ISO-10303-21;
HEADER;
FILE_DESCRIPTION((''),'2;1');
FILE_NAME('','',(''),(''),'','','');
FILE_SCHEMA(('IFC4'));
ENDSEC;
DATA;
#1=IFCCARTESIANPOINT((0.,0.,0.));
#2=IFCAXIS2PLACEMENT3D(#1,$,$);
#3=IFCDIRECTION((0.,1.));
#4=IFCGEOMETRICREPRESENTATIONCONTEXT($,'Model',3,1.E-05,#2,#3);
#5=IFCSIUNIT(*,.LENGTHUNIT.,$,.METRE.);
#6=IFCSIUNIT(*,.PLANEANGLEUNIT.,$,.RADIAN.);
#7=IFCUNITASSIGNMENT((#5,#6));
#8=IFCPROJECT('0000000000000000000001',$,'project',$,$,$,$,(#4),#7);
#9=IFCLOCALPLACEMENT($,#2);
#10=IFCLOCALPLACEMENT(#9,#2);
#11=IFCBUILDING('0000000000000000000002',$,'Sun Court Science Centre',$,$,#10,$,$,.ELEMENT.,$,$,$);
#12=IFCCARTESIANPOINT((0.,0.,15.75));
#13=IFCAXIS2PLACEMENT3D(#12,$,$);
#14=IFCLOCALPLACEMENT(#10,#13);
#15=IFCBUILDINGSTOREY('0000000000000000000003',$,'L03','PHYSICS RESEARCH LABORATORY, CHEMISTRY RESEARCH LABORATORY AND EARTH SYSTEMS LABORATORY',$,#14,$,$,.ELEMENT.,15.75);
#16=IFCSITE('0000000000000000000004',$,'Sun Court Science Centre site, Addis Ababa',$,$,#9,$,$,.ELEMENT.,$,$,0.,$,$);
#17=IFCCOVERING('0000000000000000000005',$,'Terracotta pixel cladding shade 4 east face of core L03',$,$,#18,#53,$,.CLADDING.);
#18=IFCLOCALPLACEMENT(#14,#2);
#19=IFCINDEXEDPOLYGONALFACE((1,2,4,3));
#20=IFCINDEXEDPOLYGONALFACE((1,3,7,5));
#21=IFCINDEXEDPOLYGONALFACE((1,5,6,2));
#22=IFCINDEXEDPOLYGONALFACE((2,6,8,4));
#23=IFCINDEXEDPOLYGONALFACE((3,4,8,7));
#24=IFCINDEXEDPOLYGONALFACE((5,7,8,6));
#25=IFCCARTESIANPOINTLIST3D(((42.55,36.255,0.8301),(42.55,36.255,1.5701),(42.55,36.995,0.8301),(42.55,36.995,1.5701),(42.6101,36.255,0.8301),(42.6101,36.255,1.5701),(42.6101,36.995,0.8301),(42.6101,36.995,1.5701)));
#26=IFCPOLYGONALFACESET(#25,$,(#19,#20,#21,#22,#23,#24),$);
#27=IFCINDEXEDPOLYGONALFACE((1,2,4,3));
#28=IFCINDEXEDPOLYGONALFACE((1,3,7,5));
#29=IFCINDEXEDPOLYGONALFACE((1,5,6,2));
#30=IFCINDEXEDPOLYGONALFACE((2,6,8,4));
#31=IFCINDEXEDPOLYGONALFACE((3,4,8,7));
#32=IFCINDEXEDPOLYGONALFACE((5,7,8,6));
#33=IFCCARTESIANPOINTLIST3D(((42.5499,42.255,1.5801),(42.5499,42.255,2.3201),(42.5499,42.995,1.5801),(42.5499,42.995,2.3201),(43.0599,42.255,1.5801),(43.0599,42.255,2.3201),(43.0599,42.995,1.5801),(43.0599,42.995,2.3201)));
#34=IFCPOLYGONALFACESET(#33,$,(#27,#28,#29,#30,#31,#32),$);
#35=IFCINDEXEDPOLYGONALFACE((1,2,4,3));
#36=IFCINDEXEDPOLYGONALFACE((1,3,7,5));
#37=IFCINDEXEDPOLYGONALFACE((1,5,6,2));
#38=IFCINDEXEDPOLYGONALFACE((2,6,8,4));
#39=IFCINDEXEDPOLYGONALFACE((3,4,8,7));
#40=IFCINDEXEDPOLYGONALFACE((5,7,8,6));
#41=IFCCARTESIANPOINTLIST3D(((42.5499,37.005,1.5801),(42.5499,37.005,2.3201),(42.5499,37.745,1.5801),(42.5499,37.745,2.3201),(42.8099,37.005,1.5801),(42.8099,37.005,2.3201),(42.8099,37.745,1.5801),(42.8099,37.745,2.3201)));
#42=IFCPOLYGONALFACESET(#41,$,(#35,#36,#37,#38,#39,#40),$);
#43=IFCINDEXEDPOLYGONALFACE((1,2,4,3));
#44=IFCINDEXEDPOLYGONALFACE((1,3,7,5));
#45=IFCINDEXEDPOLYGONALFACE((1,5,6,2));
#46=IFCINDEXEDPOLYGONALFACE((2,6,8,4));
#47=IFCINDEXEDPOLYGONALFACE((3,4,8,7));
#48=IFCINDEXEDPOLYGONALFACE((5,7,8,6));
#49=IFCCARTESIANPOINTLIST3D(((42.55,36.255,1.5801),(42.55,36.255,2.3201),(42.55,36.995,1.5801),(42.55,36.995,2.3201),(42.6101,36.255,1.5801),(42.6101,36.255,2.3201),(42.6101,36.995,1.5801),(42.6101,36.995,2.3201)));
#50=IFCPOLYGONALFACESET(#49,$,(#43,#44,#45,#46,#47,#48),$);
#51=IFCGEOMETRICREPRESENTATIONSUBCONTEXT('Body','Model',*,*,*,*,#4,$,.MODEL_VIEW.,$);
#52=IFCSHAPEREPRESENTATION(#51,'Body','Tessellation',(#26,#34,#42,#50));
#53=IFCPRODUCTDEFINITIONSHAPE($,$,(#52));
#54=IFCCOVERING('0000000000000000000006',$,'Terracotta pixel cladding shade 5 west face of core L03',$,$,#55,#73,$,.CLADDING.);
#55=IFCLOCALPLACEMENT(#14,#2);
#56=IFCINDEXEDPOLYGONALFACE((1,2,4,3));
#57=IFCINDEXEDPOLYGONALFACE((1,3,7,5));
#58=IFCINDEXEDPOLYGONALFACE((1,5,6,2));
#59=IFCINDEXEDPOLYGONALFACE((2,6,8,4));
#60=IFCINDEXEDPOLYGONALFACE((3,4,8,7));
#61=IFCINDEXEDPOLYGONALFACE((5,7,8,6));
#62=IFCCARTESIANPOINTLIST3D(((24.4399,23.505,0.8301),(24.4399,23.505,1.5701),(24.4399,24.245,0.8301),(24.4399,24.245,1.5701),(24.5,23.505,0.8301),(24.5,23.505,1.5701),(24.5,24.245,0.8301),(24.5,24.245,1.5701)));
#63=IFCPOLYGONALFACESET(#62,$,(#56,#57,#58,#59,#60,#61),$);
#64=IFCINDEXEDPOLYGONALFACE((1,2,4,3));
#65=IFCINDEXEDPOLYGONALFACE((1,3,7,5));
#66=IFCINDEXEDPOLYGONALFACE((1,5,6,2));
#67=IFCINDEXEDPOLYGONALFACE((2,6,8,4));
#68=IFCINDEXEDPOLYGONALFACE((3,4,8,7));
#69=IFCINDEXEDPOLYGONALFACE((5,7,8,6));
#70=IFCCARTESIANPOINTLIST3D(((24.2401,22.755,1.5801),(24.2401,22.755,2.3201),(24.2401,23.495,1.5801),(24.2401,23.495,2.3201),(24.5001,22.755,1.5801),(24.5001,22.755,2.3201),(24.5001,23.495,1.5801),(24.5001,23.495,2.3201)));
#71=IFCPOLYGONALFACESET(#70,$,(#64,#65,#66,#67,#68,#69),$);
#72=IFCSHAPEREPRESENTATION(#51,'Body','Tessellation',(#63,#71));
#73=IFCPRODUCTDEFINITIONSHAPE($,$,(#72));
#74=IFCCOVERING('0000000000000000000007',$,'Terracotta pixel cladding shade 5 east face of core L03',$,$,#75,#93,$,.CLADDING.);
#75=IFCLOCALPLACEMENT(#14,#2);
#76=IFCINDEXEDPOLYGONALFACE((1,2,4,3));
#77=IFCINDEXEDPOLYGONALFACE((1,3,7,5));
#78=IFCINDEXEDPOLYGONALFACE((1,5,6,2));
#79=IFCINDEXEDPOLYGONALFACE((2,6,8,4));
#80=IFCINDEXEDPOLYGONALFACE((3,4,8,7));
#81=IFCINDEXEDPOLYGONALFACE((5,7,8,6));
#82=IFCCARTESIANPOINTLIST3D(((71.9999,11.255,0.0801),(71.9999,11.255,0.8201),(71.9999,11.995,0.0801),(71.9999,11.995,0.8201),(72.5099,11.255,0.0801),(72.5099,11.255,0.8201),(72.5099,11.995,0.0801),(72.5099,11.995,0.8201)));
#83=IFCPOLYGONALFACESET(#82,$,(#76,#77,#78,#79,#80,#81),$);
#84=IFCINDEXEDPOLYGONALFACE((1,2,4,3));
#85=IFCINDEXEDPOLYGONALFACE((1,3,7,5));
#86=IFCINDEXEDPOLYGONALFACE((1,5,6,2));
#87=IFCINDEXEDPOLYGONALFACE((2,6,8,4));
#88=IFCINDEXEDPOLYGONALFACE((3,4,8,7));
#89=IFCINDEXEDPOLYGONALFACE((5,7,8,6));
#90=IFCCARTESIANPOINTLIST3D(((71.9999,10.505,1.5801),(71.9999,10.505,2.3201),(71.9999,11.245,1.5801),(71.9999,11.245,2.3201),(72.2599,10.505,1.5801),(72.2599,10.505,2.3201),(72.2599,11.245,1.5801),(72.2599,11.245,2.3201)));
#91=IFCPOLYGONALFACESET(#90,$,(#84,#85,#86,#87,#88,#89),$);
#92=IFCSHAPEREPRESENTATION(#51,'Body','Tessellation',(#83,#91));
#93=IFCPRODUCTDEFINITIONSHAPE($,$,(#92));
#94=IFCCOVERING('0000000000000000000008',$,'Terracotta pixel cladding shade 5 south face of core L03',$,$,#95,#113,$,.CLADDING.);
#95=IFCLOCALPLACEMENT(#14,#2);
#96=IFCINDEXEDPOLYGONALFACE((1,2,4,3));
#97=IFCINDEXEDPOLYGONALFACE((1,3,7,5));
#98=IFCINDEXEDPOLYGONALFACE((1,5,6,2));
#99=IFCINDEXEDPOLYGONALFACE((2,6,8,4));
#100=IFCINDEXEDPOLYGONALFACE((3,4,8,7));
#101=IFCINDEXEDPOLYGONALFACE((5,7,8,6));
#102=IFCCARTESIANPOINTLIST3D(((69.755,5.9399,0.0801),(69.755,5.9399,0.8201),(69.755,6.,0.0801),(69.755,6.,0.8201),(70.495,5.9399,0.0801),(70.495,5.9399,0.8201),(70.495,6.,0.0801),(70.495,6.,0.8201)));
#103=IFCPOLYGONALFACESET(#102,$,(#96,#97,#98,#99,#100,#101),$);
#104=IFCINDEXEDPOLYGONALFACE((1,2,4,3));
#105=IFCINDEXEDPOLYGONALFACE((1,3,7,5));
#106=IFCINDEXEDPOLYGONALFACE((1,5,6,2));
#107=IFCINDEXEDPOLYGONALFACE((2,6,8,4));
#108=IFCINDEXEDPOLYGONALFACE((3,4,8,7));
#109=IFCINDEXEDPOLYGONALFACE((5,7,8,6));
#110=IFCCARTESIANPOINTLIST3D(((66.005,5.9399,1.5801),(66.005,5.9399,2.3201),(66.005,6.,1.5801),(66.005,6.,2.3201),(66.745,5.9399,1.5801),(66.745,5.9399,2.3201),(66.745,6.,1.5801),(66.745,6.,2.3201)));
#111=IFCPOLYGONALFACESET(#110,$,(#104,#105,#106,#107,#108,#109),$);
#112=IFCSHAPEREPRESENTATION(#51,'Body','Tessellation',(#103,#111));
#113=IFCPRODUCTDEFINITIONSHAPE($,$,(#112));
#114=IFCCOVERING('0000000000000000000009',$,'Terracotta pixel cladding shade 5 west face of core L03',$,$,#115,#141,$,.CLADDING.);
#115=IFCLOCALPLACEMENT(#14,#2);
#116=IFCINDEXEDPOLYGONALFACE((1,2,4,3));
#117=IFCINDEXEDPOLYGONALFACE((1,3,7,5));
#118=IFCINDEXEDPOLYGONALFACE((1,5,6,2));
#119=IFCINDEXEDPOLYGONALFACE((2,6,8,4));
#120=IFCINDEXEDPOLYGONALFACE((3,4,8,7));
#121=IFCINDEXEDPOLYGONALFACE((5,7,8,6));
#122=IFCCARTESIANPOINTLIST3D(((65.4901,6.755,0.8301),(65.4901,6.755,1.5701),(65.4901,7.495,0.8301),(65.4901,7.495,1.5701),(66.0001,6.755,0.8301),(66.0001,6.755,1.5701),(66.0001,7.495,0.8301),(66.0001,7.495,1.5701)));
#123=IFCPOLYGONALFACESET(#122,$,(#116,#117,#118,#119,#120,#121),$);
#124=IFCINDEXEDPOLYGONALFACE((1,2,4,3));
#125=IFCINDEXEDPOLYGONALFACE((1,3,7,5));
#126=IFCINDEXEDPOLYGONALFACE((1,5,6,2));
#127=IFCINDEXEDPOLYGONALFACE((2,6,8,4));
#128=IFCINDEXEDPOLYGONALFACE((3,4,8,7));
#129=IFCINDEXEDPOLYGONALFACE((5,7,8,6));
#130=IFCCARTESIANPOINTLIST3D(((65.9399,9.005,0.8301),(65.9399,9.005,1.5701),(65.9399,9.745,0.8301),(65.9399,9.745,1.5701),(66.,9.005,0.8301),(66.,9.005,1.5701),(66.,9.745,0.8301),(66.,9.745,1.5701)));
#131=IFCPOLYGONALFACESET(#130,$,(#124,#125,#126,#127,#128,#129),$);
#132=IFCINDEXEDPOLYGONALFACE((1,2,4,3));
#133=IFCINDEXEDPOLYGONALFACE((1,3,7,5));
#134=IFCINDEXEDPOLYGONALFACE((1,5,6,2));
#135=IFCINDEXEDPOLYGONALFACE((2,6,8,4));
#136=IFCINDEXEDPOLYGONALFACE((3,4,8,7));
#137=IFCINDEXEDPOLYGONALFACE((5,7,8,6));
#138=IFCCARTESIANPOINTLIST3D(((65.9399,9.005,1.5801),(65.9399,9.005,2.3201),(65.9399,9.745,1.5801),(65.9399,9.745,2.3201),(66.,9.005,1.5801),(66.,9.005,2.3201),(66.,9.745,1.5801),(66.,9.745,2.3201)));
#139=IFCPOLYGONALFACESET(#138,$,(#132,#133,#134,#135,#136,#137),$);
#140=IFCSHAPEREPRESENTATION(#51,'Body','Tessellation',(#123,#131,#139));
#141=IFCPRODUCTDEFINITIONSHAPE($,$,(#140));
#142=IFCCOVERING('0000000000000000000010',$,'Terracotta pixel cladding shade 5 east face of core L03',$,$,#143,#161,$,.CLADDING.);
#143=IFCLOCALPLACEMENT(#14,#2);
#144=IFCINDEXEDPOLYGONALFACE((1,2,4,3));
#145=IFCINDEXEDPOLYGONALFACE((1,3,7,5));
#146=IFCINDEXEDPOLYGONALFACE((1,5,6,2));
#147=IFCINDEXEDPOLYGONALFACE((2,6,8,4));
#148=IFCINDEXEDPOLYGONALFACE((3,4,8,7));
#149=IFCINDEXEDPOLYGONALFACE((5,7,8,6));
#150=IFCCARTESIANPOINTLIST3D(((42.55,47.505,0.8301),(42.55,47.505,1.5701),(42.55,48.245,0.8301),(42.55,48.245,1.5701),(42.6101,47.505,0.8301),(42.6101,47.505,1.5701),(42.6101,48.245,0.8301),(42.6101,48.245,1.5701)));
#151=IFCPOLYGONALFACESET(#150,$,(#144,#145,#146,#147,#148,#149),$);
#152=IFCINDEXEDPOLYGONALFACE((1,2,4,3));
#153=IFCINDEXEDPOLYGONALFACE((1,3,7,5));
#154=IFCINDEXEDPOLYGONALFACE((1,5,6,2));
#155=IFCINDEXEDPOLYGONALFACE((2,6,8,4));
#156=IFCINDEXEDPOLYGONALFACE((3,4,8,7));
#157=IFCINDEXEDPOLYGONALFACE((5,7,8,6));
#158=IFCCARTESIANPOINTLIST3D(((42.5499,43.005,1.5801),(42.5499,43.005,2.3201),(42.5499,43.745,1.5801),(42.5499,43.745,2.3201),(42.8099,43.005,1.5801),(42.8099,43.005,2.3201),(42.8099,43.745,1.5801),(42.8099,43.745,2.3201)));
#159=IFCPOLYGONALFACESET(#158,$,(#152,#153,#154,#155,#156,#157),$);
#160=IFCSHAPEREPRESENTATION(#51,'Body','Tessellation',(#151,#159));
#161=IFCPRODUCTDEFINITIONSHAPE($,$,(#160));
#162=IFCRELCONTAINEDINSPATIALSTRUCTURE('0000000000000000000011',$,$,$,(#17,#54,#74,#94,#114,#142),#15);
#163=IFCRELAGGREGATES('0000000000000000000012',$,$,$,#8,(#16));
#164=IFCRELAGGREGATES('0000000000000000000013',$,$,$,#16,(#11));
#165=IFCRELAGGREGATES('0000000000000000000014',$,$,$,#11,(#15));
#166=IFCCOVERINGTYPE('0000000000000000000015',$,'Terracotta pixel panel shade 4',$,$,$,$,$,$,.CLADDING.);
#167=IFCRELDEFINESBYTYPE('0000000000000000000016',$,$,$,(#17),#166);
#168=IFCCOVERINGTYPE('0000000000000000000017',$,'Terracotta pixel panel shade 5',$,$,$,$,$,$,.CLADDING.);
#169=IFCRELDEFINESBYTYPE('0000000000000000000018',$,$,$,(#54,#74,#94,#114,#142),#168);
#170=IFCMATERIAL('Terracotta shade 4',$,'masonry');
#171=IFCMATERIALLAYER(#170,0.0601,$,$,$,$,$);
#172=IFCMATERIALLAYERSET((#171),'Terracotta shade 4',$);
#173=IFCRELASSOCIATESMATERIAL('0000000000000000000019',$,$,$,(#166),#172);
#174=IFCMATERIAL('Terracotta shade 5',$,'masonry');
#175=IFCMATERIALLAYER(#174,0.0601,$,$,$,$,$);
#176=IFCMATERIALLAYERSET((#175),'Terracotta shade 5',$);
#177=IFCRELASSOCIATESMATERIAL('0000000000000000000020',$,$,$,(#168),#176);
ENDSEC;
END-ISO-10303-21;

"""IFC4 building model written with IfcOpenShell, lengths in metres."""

from ifc_helpers import new_model, si_unit, direction, frame, origin, origin_2d, place, context, subcontext, project, spatial, rectangle, extrude, material, layer, layer_set, type_object, element, save


model = new_model("IFC4")

# Units and contexts
model_context = context("Model", 3, precision=1e-05, world=origin(), true_north=direction((0.0, 1.0)))
body_context = subcontext(model_context, "Body", "Model", "MODEL_VIEW")
ifc_project = project(units=[si_unit("LENGTHUNIT", "METRE"), si_unit("PLANEANGLEUNIT", "RADIAN")], contexts=[model_context])

# Site, building, storey
site_placement = place(None, origin())
site = spatial("IfcSite", under=ifc_project, at=site_placement, Name="Sun Court Science Centre site, Addis Ababa", CompositionType="ELEMENT", RefElevation=0.0)
building_placement = place(site_placement, origin())
building = spatial("IfcBuilding", under=site, at=building_placement, Name="Sun Court Science Centre", CompositionType="ELEMENT")
storey_placement = place(building_placement, frame((0.0, 0.0, 15.75)))
storey = spatial("IfcBuildingStorey", under=building, at=storey_placement, Name="L03", Description="PHYSICS RESEARCH LABORATORY, CHEMISTRY RESEARCH LABORATORY AND EARTH SYSTEMS LABORATORY", CompositionType="ELEMENT", Elevation=15.75)

# Coverings
ifc_material_1 = material(Name="Terracotta shade 4", Category="masonry")
ifc_layer_1 = layer(ifc_material_1, 0.0601)
ifc_layer_set_1 = layer_set([ifc_layer_1], Name="Terracotta shade 4")
covering_type_1 = type_object("IfcCoveringType", Name="Terracotta pixel panel shade 4", PredefinedType="CLADDING", material=ifc_layer_set_1)
covering_1_placement = place(storey_placement, frame((0.0, 0.0, -15.75)))
element("IfcCovering", 1, at=covering_1_placement, inside=storey, type_object=covering_type_1, Name="Terracotta pixel cladding shade 4 east face of core L03", PredefinedType="CLADDING", context=body_context, shape_type="SweptSolid", body=[
    extrude(rectangle(XDim=0.74, YDim=0.0601, at=origin_2d()), frame((42.5801, 36.625, 16.5801), z_axis=(0.0, 0.0, 1.0), x_axis=(0.0, -1.0, 0.0)), (0.0, 0.0, 1.0), 0.74),
    extrude(rectangle(XDim=0.74, YDim=0.51, at=origin_2d()), frame((42.8049, 42.625, 17.3301), z_axis=(0.0, 0.0, 1.0), x_axis=(0.0, -1.0, 0.0)), (0.0, 0.0, 1.0), 0.74),
    extrude(rectangle(XDim=0.74, YDim=0.26, at=origin_2d()), frame((42.6799, 37.375, 17.3301), z_axis=(0.0, 0.0, 1.0), x_axis=(0.0, -1.0, 0.0)), (0.0, 0.0, 1.0), 0.74),
    extrude(rectangle(XDim=0.74, YDim=0.0601, at=origin_2d()), frame((42.5801, 36.625, 17.3301), z_axis=(0.0, 0.0, 1.0), x_axis=(0.0, -1.0, 0.0)), (0.0, 0.0, 1.0), 0.74),
])
ifc_material_2 = material(Name="Terracotta shade 5", Category="masonry")
ifc_layer_2 = layer(ifc_material_2, 0.0601)
ifc_layer_set_2 = layer_set([ifc_layer_2], Name="Terracotta shade 5")
covering_type_2 = type_object("IfcCoveringType", Name="Terracotta pixel panel shade 5", PredefinedType="CLADDING", material=ifc_layer_set_2)
covering_2_placement = place(storey_placement, frame((0.0, 0.0, -15.75)))
element("IfcCovering", 2, at=covering_2_placement, inside=storey, type_object=covering_type_2, Name="Terracotta pixel cladding shade 5 west face of core L03", PredefinedType="CLADDING", context=body_context, shape_type="SweptSolid", body=[
    extrude(rectangle(XDim=0.74, YDim=0.0601, at=origin_2d()), frame((24.47, 23.875, 16.5801), z_axis=(0.0, 0.0, 1.0), x_axis=(0.0, 1.0, 0.0)), (0.0, 0.0, 1.0), 0.74),
    extrude(rectangle(XDim=0.74, YDim=0.26, at=origin_2d()), frame((24.3701, 23.125, 17.3301), z_axis=(0.0, 0.0, 1.0), x_axis=(0.0, 1.0, 0.0)), (0.0, 0.0, 1.0), 0.74),
])
covering_3_placement = place(storey_placement, frame((0.0, 0.0, -15.75)))
element("IfcCovering", 3, at=covering_3_placement, inside=storey, type_object=covering_type_2, Name="Terracotta pixel cladding shade 5 east face of core L03", PredefinedType="CLADDING", context=body_context, shape_type="SweptSolid", body=[
    extrude(rectangle(XDim=0.74, YDim=0.51, at=origin_2d()), frame((72.2549, 11.625, 15.8301), z_axis=(0.0, 0.0, 1.0), x_axis=(0.0, -1.0, 0.0)), (0.0, 0.0, 1.0), 0.74),
    extrude(rectangle(XDim=0.74, YDim=0.26, at=origin_2d()), frame((72.1299, 10.875, 17.3301), z_axis=(0.0, 0.0, 1.0), x_axis=(0.0, -1.0, 0.0)), (0.0, 0.0, 1.0), 0.74),
])
covering_4_placement = place(storey_placement, frame((0.0, 0.0, -15.75)))
element("IfcCovering", 4, at=covering_4_placement, inside=storey, type_object=covering_type_2, Name="Terracotta pixel cladding shade 5 south face of core L03", PredefinedType="CLADDING", context=body_context, shape_type="SweptSolid", body=[
    extrude(rectangle(XDim=0.74, YDim=0.0601, at=origin_2d()), frame((70.125, 5.97, 15.8301), z_axis=(0.0, 0.0, 1.0), x_axis=(-1.0, 0.0, 0.0)), (0.0, 0.0, 1.0), 0.74),
    extrude(rectangle(XDim=0.74, YDim=0.0601, at=origin_2d()), frame((66.375, 5.97, 17.3301), z_axis=(0.0, 0.0, 1.0), x_axis=(-1.0, 0.0, 0.0)), (0.0, 0.0, 1.0), 0.74),
])
covering_5_placement = place(storey_placement, frame((0.0, 0.0, -15.75)))
element("IfcCovering", 5, at=covering_5_placement, inside=storey, type_object=covering_type_2, Name="Terracotta pixel cladding shade 5 west face of core L03", PredefinedType="CLADDING", context=body_context, shape_type="SweptSolid", body=[
    extrude(rectangle(XDim=0.74, YDim=0.51, at=origin_2d()), frame((65.7451, 7.125, 16.5801), z_axis=(0.0, 0.0, 1.0), x_axis=(0.0, 1.0, 0.0)), (0.0, 0.0, 1.0), 0.74),
    extrude(rectangle(XDim=0.74, YDim=0.0601, at=origin_2d()), frame((65.97, 9.375, 16.5801), z_axis=(0.0, 0.0, 1.0), x_axis=(0.0, 1.0, 0.0)), (0.0, 0.0, 1.0), 0.74),
    extrude(rectangle(XDim=0.74, YDim=0.0601, at=origin_2d()), frame((65.97, 9.375, 17.3301), z_axis=(0.0, 0.0, 1.0), x_axis=(0.0, 1.0, 0.0)), (0.0, 0.0, 1.0), 0.74),
])
covering_6_placement = place(storey_placement, frame((0.0, 0.0, -15.75)))
element("IfcCovering", 6, at=covering_6_placement, inside=storey, type_object=covering_type_2, Name="Terracotta pixel cladding shade 5 east face of core L03", PredefinedType="CLADDING", context=body_context, shape_type="SweptSolid", body=[
    extrude(rectangle(XDim=0.74, YDim=0.0601, at=origin_2d()), frame((42.5801, 47.875, 16.5801), z_axis=(0.0, 0.0, 1.0), x_axis=(0.0, -1.0, 0.0)), (0.0, 0.0, 1.0), 0.74),
    extrude(rectangle(XDim=0.74, YDim=0.26, at=origin_2d()), frame((42.6799, 43.375, 17.3301), z_axis=(0.0, 0.0, 1.0), x_axis=(0.0, -1.0, 0.0)), (0.0, 0.0, 1.0), 0.74),
])

save(model, "model.ifc")
